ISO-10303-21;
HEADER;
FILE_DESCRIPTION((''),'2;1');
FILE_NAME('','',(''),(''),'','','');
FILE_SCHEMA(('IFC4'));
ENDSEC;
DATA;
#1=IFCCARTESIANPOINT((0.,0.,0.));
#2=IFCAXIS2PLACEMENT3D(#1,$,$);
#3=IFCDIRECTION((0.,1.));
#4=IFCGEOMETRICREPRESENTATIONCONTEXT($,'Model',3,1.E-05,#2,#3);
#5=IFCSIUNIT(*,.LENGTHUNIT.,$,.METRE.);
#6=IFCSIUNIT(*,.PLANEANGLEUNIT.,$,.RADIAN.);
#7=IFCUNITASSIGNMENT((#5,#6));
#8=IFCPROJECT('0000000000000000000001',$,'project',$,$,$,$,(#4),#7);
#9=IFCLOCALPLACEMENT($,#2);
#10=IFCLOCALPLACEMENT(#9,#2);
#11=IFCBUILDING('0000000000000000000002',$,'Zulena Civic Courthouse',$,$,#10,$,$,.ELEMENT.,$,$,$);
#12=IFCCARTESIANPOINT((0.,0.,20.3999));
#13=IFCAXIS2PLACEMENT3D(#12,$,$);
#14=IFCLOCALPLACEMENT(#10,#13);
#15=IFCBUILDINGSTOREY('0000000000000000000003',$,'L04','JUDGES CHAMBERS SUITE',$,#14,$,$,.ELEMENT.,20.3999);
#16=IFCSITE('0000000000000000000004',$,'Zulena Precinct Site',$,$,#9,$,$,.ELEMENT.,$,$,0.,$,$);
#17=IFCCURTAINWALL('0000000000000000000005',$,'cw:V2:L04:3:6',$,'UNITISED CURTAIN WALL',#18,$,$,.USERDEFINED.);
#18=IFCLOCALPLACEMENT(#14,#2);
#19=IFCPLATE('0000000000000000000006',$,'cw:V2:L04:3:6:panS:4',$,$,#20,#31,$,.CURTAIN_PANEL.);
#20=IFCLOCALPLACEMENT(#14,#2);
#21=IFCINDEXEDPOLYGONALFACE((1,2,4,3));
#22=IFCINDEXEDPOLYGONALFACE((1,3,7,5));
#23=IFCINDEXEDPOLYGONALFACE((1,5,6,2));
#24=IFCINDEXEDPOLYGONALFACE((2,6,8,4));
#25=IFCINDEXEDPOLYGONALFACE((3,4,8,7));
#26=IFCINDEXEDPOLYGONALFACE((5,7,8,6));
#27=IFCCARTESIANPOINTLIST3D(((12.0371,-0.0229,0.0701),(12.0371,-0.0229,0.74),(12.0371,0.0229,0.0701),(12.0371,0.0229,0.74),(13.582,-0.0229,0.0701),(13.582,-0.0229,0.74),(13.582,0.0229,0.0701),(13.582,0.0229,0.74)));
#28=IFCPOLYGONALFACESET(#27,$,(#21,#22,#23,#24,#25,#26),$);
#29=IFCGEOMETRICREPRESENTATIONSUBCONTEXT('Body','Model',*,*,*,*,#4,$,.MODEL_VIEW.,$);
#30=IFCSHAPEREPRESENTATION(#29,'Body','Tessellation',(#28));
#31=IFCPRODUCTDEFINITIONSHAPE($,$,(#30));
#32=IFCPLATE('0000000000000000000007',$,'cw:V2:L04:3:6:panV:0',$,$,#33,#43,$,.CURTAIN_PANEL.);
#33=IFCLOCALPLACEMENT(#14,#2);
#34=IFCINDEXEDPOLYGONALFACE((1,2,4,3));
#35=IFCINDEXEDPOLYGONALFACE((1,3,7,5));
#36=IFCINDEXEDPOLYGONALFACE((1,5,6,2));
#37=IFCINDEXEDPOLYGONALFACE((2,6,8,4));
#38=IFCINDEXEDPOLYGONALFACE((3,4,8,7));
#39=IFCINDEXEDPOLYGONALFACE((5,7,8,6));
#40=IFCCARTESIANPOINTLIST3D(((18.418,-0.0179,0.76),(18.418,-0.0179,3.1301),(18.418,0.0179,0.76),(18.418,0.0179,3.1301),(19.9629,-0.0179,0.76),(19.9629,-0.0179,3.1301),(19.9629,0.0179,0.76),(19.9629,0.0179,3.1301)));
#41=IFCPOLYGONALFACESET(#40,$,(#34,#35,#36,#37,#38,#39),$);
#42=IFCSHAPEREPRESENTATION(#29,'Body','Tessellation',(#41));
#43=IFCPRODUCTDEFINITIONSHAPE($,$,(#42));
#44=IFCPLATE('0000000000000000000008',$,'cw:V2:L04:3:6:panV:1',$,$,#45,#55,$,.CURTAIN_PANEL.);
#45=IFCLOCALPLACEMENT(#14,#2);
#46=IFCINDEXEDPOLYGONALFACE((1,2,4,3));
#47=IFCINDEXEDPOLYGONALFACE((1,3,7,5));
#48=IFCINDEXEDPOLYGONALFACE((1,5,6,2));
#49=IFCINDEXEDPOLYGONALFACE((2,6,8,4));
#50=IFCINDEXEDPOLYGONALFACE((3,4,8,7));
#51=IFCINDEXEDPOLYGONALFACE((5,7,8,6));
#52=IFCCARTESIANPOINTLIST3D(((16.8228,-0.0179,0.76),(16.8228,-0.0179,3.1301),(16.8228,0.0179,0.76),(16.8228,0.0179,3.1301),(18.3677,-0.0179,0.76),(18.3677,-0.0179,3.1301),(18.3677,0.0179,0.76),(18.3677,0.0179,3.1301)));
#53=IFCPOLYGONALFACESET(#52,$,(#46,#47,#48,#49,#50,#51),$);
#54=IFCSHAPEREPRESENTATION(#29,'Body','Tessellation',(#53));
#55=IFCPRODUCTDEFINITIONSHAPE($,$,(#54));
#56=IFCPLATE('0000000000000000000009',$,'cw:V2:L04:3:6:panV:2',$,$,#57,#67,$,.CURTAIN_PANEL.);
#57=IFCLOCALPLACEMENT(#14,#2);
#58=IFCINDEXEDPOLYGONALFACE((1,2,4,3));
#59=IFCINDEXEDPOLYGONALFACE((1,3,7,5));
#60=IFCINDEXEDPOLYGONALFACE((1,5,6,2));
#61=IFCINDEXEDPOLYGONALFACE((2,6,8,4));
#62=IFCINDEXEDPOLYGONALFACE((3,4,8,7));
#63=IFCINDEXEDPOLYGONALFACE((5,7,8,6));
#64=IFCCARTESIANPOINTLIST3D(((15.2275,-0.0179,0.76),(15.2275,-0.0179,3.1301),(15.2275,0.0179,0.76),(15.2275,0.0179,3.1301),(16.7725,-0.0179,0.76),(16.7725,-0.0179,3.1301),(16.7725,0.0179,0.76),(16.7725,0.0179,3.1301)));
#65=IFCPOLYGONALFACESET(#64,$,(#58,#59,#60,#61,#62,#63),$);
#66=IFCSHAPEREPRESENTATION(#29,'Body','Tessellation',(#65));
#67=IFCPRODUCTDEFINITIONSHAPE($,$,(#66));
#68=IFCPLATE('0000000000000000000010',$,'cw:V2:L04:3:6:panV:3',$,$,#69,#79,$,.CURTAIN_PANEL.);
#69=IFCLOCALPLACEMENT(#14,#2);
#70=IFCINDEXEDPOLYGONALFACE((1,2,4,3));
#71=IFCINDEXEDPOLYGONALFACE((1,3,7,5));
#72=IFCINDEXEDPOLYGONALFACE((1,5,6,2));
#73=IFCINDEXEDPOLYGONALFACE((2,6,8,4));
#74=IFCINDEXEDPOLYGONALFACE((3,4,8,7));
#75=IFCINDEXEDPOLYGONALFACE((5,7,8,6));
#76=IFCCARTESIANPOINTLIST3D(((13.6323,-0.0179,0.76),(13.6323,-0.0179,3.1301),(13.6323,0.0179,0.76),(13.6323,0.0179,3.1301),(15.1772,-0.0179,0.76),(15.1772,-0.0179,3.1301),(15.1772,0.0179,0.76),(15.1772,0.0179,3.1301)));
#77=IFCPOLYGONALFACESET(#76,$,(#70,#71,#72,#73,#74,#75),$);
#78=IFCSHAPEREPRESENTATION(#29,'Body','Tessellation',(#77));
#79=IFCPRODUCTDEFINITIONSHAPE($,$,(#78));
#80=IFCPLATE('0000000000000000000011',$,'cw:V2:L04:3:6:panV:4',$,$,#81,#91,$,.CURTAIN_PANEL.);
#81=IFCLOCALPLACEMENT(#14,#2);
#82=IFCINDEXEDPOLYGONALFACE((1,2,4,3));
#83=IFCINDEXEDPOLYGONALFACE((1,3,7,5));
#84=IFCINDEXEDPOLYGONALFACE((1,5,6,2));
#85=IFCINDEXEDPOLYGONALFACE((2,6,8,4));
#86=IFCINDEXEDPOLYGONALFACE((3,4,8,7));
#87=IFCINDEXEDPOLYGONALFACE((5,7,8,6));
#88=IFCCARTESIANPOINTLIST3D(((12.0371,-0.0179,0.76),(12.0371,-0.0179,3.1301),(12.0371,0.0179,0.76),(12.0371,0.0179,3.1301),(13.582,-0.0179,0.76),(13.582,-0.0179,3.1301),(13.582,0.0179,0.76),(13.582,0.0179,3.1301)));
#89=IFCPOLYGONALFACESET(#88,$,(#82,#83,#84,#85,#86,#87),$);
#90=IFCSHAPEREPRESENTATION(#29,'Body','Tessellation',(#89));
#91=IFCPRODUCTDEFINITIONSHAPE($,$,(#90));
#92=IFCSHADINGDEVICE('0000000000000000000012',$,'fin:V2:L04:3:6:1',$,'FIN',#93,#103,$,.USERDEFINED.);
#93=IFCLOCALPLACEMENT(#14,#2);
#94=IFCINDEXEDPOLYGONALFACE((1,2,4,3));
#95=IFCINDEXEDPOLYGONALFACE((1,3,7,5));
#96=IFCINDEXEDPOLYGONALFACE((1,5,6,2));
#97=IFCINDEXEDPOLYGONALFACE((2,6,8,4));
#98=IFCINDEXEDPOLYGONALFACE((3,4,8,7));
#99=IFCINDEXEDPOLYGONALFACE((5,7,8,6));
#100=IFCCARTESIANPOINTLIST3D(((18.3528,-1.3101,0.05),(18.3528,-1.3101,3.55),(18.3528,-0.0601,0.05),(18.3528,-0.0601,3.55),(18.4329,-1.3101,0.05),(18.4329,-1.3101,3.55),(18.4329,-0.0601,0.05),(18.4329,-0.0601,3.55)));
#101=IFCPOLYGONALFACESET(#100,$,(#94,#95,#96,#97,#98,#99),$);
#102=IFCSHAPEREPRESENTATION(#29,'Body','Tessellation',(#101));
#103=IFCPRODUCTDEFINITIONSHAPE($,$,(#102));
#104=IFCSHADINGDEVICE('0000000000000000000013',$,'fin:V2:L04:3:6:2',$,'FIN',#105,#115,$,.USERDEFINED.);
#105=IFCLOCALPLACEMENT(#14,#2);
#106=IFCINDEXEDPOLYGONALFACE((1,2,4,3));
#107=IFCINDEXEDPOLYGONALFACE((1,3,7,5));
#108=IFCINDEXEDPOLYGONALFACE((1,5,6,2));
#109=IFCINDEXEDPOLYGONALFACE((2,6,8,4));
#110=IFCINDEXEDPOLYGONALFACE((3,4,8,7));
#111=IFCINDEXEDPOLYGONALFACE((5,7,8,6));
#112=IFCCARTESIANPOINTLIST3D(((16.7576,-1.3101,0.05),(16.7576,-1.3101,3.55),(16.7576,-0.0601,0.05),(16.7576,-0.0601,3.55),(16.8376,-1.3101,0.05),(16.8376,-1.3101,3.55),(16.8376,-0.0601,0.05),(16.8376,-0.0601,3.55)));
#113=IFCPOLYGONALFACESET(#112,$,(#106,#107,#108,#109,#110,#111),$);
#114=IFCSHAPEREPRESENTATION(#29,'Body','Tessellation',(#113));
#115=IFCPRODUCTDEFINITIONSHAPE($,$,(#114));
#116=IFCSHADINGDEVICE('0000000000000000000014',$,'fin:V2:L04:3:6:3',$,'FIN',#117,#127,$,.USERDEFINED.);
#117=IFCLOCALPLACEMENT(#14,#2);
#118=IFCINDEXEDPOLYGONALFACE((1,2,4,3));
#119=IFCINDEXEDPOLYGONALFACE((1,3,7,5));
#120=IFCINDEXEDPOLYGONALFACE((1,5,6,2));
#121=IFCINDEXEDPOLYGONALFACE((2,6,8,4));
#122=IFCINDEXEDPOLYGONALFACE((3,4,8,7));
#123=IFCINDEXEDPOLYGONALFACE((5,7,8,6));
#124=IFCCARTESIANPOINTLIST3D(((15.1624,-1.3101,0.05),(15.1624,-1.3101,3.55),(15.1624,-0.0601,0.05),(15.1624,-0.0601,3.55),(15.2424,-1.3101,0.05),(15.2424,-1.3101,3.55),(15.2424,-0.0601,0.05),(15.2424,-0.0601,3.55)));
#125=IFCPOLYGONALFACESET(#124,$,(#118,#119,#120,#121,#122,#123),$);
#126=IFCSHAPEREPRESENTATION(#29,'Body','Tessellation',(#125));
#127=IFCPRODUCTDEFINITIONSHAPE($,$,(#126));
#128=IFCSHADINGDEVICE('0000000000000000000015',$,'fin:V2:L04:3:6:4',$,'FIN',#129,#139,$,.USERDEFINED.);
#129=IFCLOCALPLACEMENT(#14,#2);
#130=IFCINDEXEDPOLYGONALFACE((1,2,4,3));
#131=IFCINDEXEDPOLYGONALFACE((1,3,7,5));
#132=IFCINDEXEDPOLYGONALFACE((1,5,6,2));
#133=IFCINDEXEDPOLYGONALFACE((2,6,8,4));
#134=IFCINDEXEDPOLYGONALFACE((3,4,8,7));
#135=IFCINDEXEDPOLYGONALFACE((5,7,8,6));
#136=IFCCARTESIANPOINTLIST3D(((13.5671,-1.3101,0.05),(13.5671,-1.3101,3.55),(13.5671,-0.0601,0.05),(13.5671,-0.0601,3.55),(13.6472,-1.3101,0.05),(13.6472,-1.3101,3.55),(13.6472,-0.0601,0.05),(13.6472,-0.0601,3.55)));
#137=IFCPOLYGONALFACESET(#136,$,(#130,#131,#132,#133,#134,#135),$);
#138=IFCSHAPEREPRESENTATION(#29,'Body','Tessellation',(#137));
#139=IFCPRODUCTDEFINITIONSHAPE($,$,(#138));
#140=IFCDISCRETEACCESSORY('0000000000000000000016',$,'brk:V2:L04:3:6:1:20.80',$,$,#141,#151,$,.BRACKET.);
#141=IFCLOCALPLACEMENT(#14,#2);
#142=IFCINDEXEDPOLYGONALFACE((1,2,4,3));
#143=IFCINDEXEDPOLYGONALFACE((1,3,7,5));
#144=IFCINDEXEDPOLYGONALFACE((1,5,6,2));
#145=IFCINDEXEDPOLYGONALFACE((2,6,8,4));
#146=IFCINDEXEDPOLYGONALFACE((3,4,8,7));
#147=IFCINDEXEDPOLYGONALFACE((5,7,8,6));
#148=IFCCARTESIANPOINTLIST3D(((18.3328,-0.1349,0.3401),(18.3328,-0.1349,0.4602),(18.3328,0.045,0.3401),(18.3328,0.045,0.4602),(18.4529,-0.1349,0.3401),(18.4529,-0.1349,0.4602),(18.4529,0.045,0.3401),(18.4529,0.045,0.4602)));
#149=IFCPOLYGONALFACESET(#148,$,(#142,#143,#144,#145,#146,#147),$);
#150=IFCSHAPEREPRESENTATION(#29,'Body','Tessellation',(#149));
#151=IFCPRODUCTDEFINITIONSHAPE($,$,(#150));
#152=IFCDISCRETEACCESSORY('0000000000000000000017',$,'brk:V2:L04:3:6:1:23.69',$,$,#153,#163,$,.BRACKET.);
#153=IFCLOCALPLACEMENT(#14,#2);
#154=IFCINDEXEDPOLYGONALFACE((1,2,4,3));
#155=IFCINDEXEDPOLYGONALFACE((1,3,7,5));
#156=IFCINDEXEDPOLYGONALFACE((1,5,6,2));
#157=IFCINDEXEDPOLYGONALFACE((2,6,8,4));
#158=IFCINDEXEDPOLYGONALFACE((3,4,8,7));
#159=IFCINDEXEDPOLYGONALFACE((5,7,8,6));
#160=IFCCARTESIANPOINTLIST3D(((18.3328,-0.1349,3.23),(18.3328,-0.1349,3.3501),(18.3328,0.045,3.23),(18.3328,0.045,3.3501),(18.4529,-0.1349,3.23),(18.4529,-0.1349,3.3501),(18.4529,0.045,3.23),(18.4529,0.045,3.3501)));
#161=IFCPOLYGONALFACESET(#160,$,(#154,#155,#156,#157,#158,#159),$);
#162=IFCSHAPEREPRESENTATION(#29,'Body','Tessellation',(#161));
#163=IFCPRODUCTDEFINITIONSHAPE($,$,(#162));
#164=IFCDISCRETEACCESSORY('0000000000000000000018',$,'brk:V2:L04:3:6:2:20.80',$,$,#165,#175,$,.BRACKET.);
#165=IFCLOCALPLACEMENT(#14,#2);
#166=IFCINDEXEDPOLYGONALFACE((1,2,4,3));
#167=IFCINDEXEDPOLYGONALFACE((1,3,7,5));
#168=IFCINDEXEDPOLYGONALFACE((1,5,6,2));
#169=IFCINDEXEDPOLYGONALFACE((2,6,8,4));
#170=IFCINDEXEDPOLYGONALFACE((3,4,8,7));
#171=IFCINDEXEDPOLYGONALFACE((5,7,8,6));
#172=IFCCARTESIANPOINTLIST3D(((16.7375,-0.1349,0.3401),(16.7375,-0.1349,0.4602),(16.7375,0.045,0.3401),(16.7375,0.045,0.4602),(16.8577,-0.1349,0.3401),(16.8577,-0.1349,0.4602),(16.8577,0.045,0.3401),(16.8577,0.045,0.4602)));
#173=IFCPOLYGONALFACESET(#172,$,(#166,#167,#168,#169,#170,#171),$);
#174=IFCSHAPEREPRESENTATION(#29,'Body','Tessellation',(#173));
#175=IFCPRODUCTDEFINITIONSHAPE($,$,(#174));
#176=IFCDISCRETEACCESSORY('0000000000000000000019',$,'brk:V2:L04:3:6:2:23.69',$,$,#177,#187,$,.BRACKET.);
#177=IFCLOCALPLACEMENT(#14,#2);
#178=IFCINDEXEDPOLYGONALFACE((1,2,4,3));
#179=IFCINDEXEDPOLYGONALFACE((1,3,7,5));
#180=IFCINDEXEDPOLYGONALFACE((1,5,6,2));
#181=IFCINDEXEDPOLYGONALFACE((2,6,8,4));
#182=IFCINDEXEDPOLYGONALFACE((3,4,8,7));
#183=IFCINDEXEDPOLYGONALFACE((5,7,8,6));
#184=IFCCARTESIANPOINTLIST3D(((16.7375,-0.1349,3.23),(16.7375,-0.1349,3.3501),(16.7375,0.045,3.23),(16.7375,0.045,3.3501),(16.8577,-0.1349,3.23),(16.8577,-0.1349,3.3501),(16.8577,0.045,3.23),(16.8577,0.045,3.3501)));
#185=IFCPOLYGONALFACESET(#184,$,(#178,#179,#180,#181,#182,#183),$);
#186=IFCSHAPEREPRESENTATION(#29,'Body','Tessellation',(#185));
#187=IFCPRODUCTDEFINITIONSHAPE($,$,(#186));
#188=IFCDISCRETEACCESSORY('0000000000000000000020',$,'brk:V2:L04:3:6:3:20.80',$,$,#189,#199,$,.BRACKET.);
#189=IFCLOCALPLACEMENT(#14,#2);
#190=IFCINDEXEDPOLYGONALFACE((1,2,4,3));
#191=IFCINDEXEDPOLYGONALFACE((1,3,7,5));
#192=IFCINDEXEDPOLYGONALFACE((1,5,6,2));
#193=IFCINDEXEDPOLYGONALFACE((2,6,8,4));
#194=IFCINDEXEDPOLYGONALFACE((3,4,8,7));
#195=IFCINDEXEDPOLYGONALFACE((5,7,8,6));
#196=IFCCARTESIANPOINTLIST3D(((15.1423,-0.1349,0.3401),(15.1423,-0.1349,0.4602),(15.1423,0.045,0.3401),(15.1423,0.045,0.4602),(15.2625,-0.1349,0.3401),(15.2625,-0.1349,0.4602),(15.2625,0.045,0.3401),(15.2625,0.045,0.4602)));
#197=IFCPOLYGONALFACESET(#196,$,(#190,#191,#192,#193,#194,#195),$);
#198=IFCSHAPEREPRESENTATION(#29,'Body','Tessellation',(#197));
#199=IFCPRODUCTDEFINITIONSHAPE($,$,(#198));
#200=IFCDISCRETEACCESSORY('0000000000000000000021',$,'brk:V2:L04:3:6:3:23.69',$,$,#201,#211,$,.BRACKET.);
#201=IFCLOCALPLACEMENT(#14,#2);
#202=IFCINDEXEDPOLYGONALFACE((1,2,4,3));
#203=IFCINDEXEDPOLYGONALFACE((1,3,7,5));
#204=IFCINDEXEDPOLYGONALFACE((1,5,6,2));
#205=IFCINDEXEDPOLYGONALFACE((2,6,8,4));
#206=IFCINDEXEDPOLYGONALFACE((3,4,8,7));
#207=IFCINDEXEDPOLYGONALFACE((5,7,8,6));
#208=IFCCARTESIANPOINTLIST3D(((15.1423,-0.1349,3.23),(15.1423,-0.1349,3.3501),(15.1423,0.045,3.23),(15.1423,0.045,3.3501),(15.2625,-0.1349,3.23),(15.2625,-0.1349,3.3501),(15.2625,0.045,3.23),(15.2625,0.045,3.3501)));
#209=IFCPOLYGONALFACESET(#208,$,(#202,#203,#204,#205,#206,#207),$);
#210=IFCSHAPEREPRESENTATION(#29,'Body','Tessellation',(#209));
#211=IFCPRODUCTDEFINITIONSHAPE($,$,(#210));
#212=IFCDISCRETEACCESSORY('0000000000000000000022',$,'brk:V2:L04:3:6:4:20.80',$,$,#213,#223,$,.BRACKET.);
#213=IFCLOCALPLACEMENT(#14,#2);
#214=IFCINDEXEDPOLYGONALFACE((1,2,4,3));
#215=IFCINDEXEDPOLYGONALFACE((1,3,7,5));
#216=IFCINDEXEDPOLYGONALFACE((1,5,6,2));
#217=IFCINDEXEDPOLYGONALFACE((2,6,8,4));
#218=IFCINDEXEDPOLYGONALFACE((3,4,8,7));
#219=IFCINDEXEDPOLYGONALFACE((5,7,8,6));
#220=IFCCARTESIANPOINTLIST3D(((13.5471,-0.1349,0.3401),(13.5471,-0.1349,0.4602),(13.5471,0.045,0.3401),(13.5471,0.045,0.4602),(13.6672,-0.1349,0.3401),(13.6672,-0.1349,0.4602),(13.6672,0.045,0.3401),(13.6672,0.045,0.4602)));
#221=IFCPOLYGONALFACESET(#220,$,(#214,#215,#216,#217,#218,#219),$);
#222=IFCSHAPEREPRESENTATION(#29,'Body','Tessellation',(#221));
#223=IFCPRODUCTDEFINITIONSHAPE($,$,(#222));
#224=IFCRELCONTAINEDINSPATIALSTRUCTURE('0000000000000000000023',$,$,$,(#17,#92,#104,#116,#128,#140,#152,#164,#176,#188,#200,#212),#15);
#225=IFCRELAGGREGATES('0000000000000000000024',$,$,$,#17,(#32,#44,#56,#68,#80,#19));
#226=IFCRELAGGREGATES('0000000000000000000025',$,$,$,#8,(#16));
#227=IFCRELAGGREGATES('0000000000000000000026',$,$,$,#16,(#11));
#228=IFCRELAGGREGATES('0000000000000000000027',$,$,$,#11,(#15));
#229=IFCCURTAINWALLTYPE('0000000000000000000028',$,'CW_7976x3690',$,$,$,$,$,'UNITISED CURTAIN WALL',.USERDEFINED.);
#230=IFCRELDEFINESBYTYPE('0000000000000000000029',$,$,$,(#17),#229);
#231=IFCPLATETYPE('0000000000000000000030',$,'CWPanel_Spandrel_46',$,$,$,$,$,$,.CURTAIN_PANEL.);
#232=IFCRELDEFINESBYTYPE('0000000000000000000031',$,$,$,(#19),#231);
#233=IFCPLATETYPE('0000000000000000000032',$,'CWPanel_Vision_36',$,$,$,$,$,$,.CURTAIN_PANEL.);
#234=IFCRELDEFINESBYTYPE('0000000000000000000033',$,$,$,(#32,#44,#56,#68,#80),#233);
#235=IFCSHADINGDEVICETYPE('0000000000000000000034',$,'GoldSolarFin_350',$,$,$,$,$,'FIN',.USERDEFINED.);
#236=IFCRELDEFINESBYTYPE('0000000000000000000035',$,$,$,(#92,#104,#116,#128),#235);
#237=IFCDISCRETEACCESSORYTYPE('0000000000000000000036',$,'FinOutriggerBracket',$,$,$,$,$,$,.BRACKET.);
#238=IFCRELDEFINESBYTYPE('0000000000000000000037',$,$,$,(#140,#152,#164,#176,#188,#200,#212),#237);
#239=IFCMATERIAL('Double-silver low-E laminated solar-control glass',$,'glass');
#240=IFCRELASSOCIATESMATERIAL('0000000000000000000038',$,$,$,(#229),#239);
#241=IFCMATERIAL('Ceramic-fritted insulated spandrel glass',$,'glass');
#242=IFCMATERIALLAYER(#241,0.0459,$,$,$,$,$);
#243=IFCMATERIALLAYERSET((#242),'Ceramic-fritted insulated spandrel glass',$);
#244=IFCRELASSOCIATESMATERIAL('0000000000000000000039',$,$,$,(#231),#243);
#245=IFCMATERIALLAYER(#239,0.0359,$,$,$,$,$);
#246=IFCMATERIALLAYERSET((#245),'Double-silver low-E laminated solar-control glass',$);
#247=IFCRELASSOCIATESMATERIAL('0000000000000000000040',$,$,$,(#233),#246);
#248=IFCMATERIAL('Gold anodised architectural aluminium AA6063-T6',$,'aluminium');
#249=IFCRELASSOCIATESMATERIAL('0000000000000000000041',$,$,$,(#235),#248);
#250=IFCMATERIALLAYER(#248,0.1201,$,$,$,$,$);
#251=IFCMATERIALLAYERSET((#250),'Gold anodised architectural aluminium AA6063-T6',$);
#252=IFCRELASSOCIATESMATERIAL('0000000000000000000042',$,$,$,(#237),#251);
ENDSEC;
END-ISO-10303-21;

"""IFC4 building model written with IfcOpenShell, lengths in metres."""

from ifc_helpers import new_model, si_unit, direction, frame, origin, origin_2d, place, context, subcontext, project, spatial, rectangle, extrude, material, layer, layer_set, type_object, element, aggregate, save


model = new_model("IFC4")

# Units and contexts
model_context = context("Model", 3, precision=1e-05, world=origin(), true_north=direction((0.0, 1.0)))
body_context = subcontext(model_context, "Body", "Model", "MODEL_VIEW")
ifc_project = project(units=[si_unit("LENGTHUNIT", "METRE"), si_unit("PLANEANGLEUNIT", "RADIAN")], contexts=[model_context])

# Site, building, storey
site_placement = place(None, origin())
site = spatial("IfcSite", under=ifc_project, at=site_placement, Name="Zulena Precinct Site", CompositionType="ELEMENT", RefElevation=0.0)
building_placement = place(site_placement, origin())
building = spatial("IfcBuilding", under=site, at=building_placement, Name="Zulena Civic Courthouse", CompositionType="ELEMENT")
storey_placement = place(building_placement, frame((0.0, 0.0, 20.3999)))
storey = spatial("IfcBuildingStorey", under=building, at=storey_placement, Name="L04", Description="JUDGES CHAMBERS SUITE", CompositionType="ELEMENT", Elevation=20.3999)

# Curtain wall
ifc_material_1 = material(Name="Double-silver low-E laminated solar-control glass", Category="glass")
curtain_wall_type = type_object("IfcCurtainWallType", Name="CW_7976x3690", ElementType="UNITISED CURTAIN WALL", PredefinedType="USERDEFINED", material=ifc_material_1)
curtain_wall_placement = place(storey_placement, origin())
curtain_wall = element("IfcCurtainWall", 1, at=curtain_wall_placement, inside=storey, type_object=curtain_wall_type, Name="cw:V2:L04:3:6", ObjectType="UNITISED CURTAIN WALL", PredefinedType="USERDEFINED")

# Plates
ifc_material_2 = material(Name="Ceramic-fritted insulated spandrel glass", Category="glass")
ifc_layer_1 = layer(ifc_material_2, 0.0459)
ifc_layer_set_1 = layer_set([ifc_layer_1], Name="Ceramic-fritted insulated spandrel glass")
plate_type_1 = type_object("IfcPlateType", Name="CWPanel_Spandrel_46", PredefinedType="CURTAIN_PANEL", material=ifc_layer_set_1)
plate_1_placement = place(storey_placement, frame((12.8096, 0.0, 0.0701), z_axis=(0.0, 0.0, 1.0), x_axis=(-1.0, 0.0, 0.0)))
plate_1 = element("IfcPlate", 2, at=plate_1_placement, type_object=plate_type_1, Name="cw:V2:L04:3:6:panS:4", PredefinedType="CURTAIN_PANEL", context=body_context, shape_type="SweptSolid", body=[
    extrude(rectangle(XDim=1.5449, YDim=0.0459, at=origin_2d()), origin(), (0.0, 0.0, 1.0), 0.6699),
])
ifc_layer_2 = layer(ifc_material_1, 0.0359)
ifc_layer_set_2 = layer_set([ifc_layer_2], Name="Double-silver low-E laminated solar-control glass")
plate_type_2 = type_object("IfcPlateType", Name="CWPanel_Vision_36", PredefinedType="CURTAIN_PANEL", material=ifc_layer_set_2)
plate_2_placement = place(storey_placement, frame((19.1904, 0.0, 0.76), z_axis=(0.0, 0.0, 1.0), x_axis=(-1.0, 0.0, 0.0)))
plate_2 = element("IfcPlate", 3, at=plate_2_placement, type_object=plate_type_2, Name="cw:V2:L04:3:6:panV:0", PredefinedType="CURTAIN_PANEL", context=body_context, shape_type="SweptSolid", body=[
    extrude(rectangle(XDim=1.5449, YDim=0.0359, at=origin_2d()), origin(), (0.0, 0.0, 1.0), 2.3701),
])
plate_3_placement = place(storey_placement, frame((17.5952, 0.0, 0.76), z_axis=(0.0, 0.0, 1.0), x_axis=(-1.0, 0.0, 0.0)))
plate_3 = element("IfcPlate", 4, at=plate_3_placement, type_object=plate_type_2, Name="cw:V2:L04:3:6:panV:1", PredefinedType="CURTAIN_PANEL", context=body_context, shape_type="SweptSolid", body=[
    extrude(rectangle(XDim=1.5449, YDim=0.0359, at=origin_2d()), origin(), (0.0, 0.0, 1.0), 2.3701),
])
plate_4_placement = place(storey_placement, frame((16.0, 0.0, 0.76), z_axis=(0.0, 0.0, 1.0), x_axis=(-1.0, 0.0, 0.0)))
plate_4 = element("IfcPlate", 5, at=plate_4_placement, type_object=plate_type_2, Name="cw:V2:L04:3:6:panV:2", PredefinedType="CURTAIN_PANEL", context=body_context, shape_type="SweptSolid", body=[
    extrude(rectangle(XDim=1.5449, YDim=0.0359, at=origin_2d()), origin(), (0.0, 0.0, 1.0), 2.3701),
])
plate_5_placement = place(storey_placement, frame((14.4048, 0.0, 0.76), z_axis=(0.0, 0.0, 1.0), x_axis=(-1.0, 0.0, 0.0)))
plate_5 = element("IfcPlate", 6, at=plate_5_placement, type_object=plate_type_2, Name="cw:V2:L04:3:6:panV:3", PredefinedType="CURTAIN_PANEL", context=body_context, shape_type="SweptSolid", body=[
    extrude(rectangle(XDim=1.5449, YDim=0.0359, at=origin_2d()), origin(), (0.0, 0.0, 1.0), 2.3701),
])
plate_6_placement = place(storey_placement, frame((12.8096, 0.0, 0.76), z_axis=(0.0, 0.0, 1.0), x_axis=(-1.0, 0.0, 0.0)))
plate_6 = element("IfcPlate", 7, at=plate_6_placement, type_object=plate_type_2, Name="cw:V2:L04:3:6:panV:4", PredefinedType="CURTAIN_PANEL", context=body_context, shape_type="SweptSolid", body=[
    extrude(rectangle(XDim=1.5449, YDim=0.0359, at=origin_2d()), origin(), (0.0, 0.0, 1.0), 2.3701),
])
aggregate(curtain_wall, [plate_2, plate_3, plate_4, plate_5, plate_6, plate_1])

# Shading devices
ifc_material_3 = material(Name="Gold anodised architectural aluminium AA6063-T6", Category="aluminium")
shading_device_type = type_object("IfcShadingDeviceType", Name="GoldSolarFin_350", ElementType="FIN", PredefinedType="USERDEFINED", material=ifc_material_3)
for number, where, z_axis, x_axis, name in (
    (8, (18.3928, -0.6851, 0.05), (0.0, 0.0, 1.0), (0.0, -1.0, 0.0), "fin:V2:L04:3:6:1"),
    (9, (16.7976, -0.6851, 0.05), (0.0, 0.0, 1.0), (0.0, -1.0, 0.0), "fin:V2:L04:3:6:2"),
    (10, (15.2024, -0.6851, 0.05), (0.0, 0.0, 1.0), (0.0, -1.0, 0.0), "fin:V2:L04:3:6:3"),
    (11, (13.6072, -0.6851, 0.05), (0.0, 0.0, 1.0), (0.0, -1.0, 0.0), "fin:V2:L04:3:6:4"),
):
    element("IfcShadingDevice", number, at=place(storey_placement, frame(where, z_axis=z_axis, x_axis=x_axis)), inside=storey, type_object=shading_device_type, Name=name, ObjectType="FIN", PredefinedType="USERDEFINED", context=body_context, shape_type="SweptSolid", body=[
        extrude(rectangle(XDim=1.25, YDim=0.0801, at=origin_2d()), origin(), (0.0, 0.0, 1.0), 3.5),
    ])

# Discrete accessories
ifc_layer_3 = layer(ifc_material_3, 0.1201)
ifc_layer_set_3 = layer_set([ifc_layer_3], Name="Gold anodised architectural aluminium AA6063-T6")
discrete_accessory_type = type_object("IfcDiscreteAccessoryType", Name="FinOutriggerBracket", PredefinedType="BRACKET", material=ifc_layer_set_3)
for number, where, z_axis, x_axis, name in (
    (12, (18.3928, -0.0449, 0.3401), (0.0, 0.0, 1.0), (0.0, -1.0, 0.0), "brk:V2:L04:3:6:1:20.80"),
    (13, (18.3928, -0.0449, 3.23), (0.0, 0.0, 1.0), (0.0, -1.0, 0.0), "brk:V2:L04:3:6:1:23.69"),
    (14, (16.7976, -0.0449, 0.3401), (0.0, 0.0, 1.0), (0.0, -1.0, 0.0), "brk:V2:L04:3:6:2:20.80"),
    (15, (16.7976, -0.0449, 3.23), (0.0, 0.0, 1.0), (0.0, -1.0, 0.0), "brk:V2:L04:3:6:2:23.69"),
    (16, (15.2024, -0.0449, 0.3401), (0.0, 0.0, 1.0), (0.0, -1.0, 0.0), "brk:V2:L04:3:6:3:20.80"),
    (17, (15.2024, -0.0449, 3.23), (0.0, 0.0, 1.0), (0.0, -1.0, 0.0), "brk:V2:L04:3:6:3:23.69"),
    (18, (13.6072, -0.0449, 0.3401), (0.0, 0.0, 1.0), (0.0, -1.0, 0.0), "brk:V2:L04:3:6:4:20.80"),
):
    element("IfcDiscreteAccessory", number, at=place(storey_placement, frame(where, z_axis=z_axis, x_axis=x_axis)), inside=storey, type_object=discrete_accessory_type, Name=name, PredefinedType="BRACKET", context=body_context, shape_type="SweptSolid", body=[
        extrude(rectangle(XDim=0.1799, YDim=0.1201, at=origin_2d()), origin(), (0.0, 0.0, 1.0), 0.1201),
    ])

save(model, "model.ifc")
